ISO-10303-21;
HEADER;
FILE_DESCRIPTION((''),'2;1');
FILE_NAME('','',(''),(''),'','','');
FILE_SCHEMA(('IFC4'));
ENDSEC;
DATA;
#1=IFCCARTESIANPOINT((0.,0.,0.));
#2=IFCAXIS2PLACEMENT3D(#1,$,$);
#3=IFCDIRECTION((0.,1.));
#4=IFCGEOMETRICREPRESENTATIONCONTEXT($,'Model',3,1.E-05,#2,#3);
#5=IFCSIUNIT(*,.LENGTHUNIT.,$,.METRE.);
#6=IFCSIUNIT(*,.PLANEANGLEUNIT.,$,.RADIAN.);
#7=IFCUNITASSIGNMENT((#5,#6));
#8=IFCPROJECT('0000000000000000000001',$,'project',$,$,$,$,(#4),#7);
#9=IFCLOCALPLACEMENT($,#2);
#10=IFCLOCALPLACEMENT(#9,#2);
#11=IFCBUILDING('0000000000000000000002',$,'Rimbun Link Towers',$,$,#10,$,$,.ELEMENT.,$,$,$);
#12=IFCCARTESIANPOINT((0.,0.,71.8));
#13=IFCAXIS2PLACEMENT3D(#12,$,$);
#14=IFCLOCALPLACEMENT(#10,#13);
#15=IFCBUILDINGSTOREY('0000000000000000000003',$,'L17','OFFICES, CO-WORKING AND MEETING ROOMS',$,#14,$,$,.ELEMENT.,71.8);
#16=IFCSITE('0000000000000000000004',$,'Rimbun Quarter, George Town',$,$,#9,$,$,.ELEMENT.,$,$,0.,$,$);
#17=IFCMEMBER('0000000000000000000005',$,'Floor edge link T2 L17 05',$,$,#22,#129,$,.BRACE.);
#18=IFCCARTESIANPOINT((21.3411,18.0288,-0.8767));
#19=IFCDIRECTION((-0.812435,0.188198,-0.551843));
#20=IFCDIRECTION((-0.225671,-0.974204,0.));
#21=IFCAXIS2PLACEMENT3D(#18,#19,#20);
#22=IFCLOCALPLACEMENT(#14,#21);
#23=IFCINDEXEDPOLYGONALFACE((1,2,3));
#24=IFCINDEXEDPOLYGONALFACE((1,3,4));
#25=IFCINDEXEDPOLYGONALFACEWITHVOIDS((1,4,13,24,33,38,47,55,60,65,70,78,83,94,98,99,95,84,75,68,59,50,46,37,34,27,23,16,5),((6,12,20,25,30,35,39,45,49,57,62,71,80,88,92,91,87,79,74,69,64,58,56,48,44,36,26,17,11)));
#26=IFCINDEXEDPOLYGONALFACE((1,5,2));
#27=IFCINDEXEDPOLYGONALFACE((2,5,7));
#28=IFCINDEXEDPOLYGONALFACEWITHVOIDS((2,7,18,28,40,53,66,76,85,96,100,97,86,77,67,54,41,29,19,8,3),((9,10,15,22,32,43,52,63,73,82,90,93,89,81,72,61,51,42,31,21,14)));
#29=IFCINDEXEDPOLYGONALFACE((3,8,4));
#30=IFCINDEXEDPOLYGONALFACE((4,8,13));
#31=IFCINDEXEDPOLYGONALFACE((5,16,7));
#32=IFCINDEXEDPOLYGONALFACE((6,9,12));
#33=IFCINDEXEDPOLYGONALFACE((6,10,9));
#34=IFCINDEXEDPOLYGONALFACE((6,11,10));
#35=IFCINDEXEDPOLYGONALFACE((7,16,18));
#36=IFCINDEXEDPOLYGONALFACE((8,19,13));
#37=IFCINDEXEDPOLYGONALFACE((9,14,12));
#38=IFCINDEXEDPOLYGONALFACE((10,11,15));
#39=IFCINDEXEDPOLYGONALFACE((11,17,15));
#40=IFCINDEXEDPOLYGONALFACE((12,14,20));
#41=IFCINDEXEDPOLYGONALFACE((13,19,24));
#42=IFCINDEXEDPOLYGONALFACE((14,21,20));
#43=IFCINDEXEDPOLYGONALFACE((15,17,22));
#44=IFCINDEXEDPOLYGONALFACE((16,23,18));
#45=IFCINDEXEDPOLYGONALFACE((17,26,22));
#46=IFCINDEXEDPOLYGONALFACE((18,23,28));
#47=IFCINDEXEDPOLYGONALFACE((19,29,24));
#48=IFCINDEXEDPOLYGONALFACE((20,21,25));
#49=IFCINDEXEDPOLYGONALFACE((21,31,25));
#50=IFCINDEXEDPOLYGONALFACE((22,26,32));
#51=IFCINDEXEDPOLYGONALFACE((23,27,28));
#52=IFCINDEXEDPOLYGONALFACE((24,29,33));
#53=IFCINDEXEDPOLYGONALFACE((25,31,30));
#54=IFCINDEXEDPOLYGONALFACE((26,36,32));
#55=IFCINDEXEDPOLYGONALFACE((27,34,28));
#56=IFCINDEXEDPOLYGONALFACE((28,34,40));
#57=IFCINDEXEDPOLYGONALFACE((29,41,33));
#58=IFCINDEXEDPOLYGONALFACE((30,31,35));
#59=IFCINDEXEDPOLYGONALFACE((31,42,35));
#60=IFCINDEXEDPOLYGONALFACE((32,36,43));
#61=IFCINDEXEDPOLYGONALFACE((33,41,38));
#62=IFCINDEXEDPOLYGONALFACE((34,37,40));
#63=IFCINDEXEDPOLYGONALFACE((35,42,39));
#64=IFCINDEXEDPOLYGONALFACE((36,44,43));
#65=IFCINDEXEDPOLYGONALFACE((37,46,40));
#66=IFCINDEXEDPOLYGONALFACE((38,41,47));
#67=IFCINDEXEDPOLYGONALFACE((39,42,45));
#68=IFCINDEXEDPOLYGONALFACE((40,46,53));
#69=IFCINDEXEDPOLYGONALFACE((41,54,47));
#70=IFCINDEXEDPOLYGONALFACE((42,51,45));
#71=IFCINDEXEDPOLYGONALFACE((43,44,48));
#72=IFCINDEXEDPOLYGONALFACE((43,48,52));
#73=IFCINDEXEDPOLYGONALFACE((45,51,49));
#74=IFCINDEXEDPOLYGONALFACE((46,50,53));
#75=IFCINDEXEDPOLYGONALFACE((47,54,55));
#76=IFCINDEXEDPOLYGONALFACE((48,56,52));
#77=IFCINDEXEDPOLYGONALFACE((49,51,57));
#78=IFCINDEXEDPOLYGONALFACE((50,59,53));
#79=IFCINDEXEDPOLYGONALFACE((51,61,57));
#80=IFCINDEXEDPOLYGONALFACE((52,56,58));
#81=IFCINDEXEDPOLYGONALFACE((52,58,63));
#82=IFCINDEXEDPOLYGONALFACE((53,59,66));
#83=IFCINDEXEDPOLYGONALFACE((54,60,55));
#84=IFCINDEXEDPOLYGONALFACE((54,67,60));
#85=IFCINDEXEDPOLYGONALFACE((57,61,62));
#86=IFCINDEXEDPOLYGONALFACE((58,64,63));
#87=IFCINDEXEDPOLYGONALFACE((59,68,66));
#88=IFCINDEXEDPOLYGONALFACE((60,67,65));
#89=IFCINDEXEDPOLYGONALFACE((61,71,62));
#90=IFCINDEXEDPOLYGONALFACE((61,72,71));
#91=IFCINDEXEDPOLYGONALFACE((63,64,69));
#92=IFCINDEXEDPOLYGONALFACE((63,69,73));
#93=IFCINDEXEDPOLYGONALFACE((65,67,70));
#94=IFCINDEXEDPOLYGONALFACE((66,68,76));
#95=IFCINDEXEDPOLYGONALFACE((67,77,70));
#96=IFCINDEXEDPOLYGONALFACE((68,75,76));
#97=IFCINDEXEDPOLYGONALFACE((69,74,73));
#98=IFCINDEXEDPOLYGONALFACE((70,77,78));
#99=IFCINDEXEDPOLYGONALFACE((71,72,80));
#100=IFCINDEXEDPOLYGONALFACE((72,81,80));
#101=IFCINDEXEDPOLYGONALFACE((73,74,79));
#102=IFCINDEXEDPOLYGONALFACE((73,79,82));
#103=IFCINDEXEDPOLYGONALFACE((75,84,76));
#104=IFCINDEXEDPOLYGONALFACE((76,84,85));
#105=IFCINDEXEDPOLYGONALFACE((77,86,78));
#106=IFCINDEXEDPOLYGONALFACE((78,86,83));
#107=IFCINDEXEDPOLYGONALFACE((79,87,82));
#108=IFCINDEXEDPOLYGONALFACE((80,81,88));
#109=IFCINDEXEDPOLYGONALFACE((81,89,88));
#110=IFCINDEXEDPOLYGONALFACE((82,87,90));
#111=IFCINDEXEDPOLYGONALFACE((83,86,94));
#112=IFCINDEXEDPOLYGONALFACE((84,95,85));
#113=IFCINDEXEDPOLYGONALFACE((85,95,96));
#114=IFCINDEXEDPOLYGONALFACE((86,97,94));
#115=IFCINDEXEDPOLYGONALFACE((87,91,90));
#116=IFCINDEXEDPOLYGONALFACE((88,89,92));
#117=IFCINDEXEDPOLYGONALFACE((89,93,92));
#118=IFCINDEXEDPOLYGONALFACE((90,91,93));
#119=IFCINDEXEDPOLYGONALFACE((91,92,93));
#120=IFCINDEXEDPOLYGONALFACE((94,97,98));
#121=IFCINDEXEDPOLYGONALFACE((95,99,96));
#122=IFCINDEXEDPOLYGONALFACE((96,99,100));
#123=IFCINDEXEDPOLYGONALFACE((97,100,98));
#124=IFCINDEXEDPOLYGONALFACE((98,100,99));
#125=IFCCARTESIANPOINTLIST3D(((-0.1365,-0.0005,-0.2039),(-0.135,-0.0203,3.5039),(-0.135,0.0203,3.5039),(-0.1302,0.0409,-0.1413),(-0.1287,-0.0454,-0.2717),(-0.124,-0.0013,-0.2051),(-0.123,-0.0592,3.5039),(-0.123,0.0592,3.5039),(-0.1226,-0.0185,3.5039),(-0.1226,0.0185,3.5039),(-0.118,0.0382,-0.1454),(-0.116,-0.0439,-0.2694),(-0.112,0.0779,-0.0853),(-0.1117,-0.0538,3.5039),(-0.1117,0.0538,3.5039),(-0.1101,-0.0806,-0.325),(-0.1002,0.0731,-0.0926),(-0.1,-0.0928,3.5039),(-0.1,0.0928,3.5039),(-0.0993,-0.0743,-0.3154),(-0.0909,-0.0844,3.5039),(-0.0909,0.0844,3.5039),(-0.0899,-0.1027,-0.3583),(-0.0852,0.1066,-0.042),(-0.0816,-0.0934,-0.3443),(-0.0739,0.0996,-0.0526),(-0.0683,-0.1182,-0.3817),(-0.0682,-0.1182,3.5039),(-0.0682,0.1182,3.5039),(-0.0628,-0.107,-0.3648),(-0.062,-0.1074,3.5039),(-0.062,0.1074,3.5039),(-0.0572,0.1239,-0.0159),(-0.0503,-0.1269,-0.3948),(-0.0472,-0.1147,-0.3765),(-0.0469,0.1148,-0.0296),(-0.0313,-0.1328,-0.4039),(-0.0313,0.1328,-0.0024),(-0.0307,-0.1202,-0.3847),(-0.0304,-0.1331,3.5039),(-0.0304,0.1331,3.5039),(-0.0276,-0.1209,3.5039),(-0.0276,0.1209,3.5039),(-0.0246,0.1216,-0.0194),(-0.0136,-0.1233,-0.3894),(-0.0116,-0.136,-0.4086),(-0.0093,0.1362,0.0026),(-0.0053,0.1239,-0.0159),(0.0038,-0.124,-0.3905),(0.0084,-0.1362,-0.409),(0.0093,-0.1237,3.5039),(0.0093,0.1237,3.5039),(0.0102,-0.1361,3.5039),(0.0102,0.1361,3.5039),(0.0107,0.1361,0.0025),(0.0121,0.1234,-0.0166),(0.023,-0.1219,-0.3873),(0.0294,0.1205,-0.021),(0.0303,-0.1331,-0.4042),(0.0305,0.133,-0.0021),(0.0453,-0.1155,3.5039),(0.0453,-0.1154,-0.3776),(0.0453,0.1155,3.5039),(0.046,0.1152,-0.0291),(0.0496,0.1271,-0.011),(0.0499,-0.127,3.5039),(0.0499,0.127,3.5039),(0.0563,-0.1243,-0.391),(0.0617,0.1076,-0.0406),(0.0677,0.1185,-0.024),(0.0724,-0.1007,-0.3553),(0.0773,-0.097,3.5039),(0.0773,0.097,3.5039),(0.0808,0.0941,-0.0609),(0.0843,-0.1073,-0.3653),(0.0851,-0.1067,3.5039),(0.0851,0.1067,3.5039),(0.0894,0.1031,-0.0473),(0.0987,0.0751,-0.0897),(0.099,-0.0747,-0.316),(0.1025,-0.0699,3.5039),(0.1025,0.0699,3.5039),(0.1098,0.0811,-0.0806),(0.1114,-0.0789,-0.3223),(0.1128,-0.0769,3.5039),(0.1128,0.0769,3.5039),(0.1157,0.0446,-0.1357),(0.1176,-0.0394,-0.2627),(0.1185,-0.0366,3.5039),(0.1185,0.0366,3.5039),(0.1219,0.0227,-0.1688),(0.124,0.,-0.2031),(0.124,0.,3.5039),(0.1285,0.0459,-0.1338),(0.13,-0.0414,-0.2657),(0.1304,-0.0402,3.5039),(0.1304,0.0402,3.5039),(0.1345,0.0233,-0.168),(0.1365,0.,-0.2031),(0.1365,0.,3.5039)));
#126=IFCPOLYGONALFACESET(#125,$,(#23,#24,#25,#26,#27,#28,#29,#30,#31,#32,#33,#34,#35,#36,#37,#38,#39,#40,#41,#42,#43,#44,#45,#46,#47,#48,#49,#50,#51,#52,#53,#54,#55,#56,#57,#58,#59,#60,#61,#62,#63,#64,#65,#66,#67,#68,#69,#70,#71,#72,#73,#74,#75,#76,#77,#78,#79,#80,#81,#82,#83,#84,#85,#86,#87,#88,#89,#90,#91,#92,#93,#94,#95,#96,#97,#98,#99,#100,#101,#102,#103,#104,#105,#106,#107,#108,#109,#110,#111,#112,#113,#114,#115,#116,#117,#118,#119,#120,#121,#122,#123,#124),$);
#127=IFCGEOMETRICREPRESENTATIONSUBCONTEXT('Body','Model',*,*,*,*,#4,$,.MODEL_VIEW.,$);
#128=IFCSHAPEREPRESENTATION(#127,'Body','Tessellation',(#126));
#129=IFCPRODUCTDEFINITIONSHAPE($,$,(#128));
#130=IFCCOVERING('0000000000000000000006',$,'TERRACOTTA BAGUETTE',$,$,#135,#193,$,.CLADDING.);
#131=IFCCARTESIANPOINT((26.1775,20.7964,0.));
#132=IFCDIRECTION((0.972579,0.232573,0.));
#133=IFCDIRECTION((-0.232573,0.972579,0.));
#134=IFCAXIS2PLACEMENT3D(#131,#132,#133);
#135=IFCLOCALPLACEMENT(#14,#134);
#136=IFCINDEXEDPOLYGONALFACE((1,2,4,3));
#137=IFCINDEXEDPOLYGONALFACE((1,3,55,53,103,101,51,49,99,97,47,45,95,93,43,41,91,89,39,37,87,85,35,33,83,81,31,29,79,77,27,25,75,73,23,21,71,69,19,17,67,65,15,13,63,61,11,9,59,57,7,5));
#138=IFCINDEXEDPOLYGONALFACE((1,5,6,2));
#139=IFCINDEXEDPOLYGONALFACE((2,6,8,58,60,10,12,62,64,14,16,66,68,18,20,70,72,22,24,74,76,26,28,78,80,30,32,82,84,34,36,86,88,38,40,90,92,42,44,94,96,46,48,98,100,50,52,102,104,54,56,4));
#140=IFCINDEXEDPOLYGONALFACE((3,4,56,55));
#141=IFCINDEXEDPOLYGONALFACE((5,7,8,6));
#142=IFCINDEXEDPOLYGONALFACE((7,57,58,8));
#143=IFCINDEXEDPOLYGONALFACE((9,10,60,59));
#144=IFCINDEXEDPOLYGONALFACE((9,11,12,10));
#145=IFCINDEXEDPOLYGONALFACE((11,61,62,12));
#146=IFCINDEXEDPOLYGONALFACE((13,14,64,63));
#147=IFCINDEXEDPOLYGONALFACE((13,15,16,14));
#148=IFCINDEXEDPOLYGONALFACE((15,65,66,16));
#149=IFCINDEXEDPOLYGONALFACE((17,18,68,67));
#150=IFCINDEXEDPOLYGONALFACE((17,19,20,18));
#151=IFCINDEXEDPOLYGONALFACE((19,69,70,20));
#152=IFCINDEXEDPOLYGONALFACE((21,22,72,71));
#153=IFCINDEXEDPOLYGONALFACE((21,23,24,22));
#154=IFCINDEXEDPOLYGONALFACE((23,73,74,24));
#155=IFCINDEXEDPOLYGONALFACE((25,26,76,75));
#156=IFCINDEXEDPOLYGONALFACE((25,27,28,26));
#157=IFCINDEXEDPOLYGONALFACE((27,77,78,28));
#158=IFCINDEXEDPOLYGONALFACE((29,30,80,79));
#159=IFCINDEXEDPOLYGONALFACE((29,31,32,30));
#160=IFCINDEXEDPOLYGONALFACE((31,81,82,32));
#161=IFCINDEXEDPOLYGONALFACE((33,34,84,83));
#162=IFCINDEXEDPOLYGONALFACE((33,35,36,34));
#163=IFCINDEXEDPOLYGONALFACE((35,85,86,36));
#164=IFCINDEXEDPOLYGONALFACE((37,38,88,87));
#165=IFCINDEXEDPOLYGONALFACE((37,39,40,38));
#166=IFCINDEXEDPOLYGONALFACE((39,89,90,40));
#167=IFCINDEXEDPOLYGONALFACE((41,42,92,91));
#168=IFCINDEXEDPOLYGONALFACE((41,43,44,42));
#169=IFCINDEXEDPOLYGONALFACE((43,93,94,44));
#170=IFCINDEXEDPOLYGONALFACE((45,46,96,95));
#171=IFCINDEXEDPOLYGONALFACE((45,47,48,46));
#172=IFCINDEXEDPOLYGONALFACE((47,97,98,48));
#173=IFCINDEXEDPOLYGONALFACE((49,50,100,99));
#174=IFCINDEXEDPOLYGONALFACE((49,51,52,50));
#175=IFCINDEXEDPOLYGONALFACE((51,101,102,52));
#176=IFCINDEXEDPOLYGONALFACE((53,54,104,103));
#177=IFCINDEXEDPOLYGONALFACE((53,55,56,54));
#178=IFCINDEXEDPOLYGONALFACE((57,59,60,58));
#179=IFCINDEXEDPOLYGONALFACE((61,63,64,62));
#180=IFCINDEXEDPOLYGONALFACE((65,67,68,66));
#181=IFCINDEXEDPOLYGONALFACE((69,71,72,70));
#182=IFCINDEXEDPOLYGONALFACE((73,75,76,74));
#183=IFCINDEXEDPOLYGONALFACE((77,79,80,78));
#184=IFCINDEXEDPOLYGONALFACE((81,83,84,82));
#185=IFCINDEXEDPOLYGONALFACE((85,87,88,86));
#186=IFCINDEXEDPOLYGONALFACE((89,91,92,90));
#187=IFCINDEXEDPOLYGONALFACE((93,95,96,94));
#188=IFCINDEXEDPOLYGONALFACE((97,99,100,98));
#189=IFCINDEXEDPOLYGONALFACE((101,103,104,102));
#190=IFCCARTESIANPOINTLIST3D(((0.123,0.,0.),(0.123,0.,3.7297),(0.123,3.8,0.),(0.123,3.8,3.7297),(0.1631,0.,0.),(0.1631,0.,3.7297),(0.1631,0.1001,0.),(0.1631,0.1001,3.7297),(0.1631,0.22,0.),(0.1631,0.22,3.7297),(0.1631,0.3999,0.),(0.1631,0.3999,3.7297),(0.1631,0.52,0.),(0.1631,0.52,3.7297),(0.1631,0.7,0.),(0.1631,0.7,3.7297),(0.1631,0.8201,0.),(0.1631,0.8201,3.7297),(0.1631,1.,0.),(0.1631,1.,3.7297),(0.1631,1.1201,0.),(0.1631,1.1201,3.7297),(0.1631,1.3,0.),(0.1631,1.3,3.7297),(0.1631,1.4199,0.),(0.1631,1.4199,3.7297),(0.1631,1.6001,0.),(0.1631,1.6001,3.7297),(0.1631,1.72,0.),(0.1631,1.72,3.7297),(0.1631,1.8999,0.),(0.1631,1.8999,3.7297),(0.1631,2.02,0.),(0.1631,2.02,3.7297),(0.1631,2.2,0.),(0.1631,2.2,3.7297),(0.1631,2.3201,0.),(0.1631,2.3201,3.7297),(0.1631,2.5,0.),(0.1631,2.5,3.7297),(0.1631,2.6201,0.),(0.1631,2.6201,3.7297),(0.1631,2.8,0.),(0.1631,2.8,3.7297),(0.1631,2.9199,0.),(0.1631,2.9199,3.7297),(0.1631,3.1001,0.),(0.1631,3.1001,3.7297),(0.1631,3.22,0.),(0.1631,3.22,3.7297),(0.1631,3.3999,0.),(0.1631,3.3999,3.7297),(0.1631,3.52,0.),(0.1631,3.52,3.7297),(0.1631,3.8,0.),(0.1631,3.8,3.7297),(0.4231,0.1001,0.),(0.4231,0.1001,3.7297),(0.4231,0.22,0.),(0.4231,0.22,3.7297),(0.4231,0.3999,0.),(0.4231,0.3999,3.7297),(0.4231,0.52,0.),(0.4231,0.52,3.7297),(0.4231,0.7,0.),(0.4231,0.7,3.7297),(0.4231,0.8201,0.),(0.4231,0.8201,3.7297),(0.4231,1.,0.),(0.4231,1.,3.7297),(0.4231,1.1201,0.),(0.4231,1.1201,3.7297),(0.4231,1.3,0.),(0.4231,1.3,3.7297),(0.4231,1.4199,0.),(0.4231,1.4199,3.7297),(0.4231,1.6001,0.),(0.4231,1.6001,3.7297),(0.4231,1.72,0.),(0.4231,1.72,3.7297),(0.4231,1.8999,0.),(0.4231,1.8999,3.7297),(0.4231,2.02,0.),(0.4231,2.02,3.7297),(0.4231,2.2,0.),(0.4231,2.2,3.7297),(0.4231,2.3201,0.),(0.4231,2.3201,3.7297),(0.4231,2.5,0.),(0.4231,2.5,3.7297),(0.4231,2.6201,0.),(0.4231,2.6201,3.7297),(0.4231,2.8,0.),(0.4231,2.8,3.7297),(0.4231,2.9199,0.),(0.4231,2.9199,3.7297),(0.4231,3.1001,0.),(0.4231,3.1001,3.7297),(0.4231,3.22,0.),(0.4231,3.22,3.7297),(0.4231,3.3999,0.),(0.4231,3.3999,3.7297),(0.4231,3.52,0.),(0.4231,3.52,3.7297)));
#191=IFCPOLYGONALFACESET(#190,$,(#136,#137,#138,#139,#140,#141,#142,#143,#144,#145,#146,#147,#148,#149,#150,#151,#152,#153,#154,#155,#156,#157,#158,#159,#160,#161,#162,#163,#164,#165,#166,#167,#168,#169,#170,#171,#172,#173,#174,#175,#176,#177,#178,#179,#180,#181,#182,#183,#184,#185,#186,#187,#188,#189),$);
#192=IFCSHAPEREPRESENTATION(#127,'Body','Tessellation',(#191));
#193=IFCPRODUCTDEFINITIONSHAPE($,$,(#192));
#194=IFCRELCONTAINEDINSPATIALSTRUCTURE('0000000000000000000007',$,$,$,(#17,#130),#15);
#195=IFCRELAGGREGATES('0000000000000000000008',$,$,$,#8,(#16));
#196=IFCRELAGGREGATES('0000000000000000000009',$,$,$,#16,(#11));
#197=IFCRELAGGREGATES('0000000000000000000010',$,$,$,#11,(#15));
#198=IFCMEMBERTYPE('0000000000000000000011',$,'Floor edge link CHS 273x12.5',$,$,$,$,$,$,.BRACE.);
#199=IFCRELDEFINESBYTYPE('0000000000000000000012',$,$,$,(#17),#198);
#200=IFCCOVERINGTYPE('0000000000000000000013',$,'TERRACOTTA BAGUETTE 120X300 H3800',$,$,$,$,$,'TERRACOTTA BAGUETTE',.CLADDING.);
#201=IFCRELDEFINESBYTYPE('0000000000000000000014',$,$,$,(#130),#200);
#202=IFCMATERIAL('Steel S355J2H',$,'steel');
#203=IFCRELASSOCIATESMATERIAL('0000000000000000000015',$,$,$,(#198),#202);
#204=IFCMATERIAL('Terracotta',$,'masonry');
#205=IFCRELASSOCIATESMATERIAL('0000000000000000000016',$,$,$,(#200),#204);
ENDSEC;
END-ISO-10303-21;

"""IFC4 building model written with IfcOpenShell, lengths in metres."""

from ifc_helpers import new_model, si_unit, direction, frame, origin, origin_2d, place, context, subcontext, project, spatial, polyline, hollow_circle, outline, extrude, clip, halfspace, material, material_profile, profile_set, type_object, element, save


model = new_model("IFC4")

# Units and contexts
model_context = context("Model", 3, precision=1e-05, world=origin(), true_north=direction((0.0, 1.0)))
body_context = subcontext(model_context, "Body", "Model", "MODEL_VIEW")
ifc_project = project(units=[si_unit("LENGTHUNIT", "METRE"), si_unit("PLANEANGLEUNIT", "RADIAN")], contexts=[model_context])

# Site, building, storey
site_placement = place(None, origin())
site = spatial("IfcSite", under=ifc_project, at=site_placement, Name="Rimbun Quarter, George Town", CompositionType="ELEMENT", RefElevation=0.0)
building_placement = place(site_placement, origin())
building = spatial("IfcBuilding", under=site, at=building_placement, Name="Rimbun Link Towers", CompositionType="ELEMENT")
storey_placement = place(building_placement, frame((0.0, 0.0, 71.8)))
storey = spatial("IfcBuildingStorey", under=building, at=storey_placement, Name="L17", Description="OFFICES, CO-WORKING AND MEETING ROOMS", CompositionType="ELEMENT", Elevation=71.8)

# Member
ifc_material_1 = material(Name="Steel S355J2H", Category="steel")
ifc_material_profile_1 = material_profile(ifc_material_1, hollow_circle(Radius=0.1365, WallThickness=0.0125, at=origin_2d()), Name="CHS 273x12.5")
ifc_profile_set_1 = profile_set([ifc_material_profile_1], Name="Steel S355J2H")
member_type_1 = type_object("IfcMemberType", Name="Floor edge link CHS 273x12.5", PredefinedType="BRACE", material=ifc_profile_set_1)
member_1_placement = place(storey_placement, frame((21.3411, 18.0288, -0.8767), z_axis=(-0.812435, 0.188198, -0.551843), x_axis=(-0.225671, -0.974204, 0.0)))
element("IfcMember", 1, at=member_1_placement, inside=storey, type_object=member_type_1, Name="Floor edge link T2 L17 05", PredefinedType="BRACE", context=body_context, shape_type="Clipping", body=[
    clip(extrude(hollow_circle(Radius=0.1365, WallThickness=0.0125, at=origin_2d()), frame((0.0, 0.0, -0.4307)), (0.0, 0.0, 1.0), 3.9346), halfspace(frame((0.0, 0.0, -0.2031), z_axis=(0.0, 0.833948, -0.551843)), False)),
])

# Covering
ifc_material_2 = material(Name="Terracotta", Category="masonry")
ifc_material_profile_2 = material_profile(ifc_material_2, outline(polyline([(0.123, 0.0), (0.1631, 0.0), (0.1631, 0.1001), (0.4231, 0.1001), (0.4231, 0.22), (0.1631, 0.22), (0.1631, 0.3999), (0.4231, 0.3999), (0.4231, 0.52), (0.1631, 0.52), (0.1631, 0.7), (0.4231, 0.7), (0.4231, 0.8201), (0.1631, 0.8201), (0.1631, 1.0), (0.4231, 1.0), (0.4231, 1.1201), (0.1631, 1.1201), (0.1631, 1.3), (0.4231, 1.3), (0.4231, 1.4199), (0.1631, 1.4199), (0.1631, 1.6001), (0.4231, 1.6001), (0.4231, 1.72), (0.1631, 1.72), (0.1631, 1.8999), (0.4231, 1.8999), (0.4231, 2.02), (0.1631, 2.02), (0.1631, 2.2), (0.4231, 2.2), (0.4231, 2.3201), (0.1631, 2.3201), (0.1631, 2.5), (0.4231, 2.5), (0.4231, 2.6201), (0.1631, 2.6201), (0.1631, 2.8), (0.4231, 2.8), (0.4231, 2.9199), (0.1631, 2.9199), (0.1631, 3.1001), (0.4231, 3.1001), (0.4231, 3.22), (0.1631, 3.22), (0.1631, 3.3999), (0.4231, 3.3999), (0.4231, 3.52), (0.1631, 3.52), (0.1631, 3.8), (0.123, 3.8), (0.123, 0.0)])), Name="BAGUETTE 120X300")
ifc_profile_set_2 = profile_set([ifc_material_profile_2], Name="Terracotta")
covering_type = type_object("IfcCoveringType", Name="TERRACOTTA BAGUETTE 120X300 H3800", ElementType="TERRACOTTA BAGUETTE", PredefinedType="CLADDING", material=ifc_profile_set_2)
covering_1_placement = place(storey_placement, frame((26.1775, 20.7964, 0.0), z_axis=(0.972579, 0.232573, 0.0), x_axis=(-0.232573, 0.972579, 0.0)))
element("IfcCovering", 2, at=covering_1_placement, inside=storey, type_object=covering_type, Name="TERRACOTTA BAGUETTE", PredefinedType="CLADDING", context=body_context, shape_type="SweptSolid", body=[
    extrude(outline(polyline([(0.123, 0.0), (0.1631, 0.0), (0.1631, 0.1001), (0.4231, 0.1001), (0.4231, 0.22), (0.1631, 0.22), (0.1631, 0.3999), (0.4231, 0.3999), (0.4231, 0.52), (0.1631, 0.52), (0.1631, 0.7), (0.4231, 0.7), (0.4231, 0.8201), (0.1631, 0.8201), (0.1631, 1.0), (0.4231, 1.0), (0.4231, 1.1201), (0.1631, 1.1201), (0.1631, 1.3), (0.4231, 1.3), (0.4231, 1.4199), (0.1631, 1.4199), (0.1631, 1.6001), (0.4231, 1.6001), (0.4231, 1.72), (0.1631, 1.72), (0.1631, 1.8999), (0.4231, 1.8999), (0.4231, 2.02), (0.1631, 2.02), (0.1631, 2.2), (0.4231, 2.2), (0.4231, 2.3201), (0.1631, 2.3201), (0.1631, 2.5), (0.4231, 2.5), (0.4231, 2.6201), (0.1631, 2.6201), (0.1631, 2.8), (0.4231, 2.8), (0.4231, 2.9199), (0.1631, 2.9199), (0.1631, 3.1001), (0.4231, 3.1001), (0.4231, 3.22), (0.1631, 3.22), (0.1631, 3.3999), (0.4231, 3.3999), (0.4231, 3.52), (0.1631, 3.52), (0.1631, 3.8), (0.123, 3.8), (0.123, 0.0)])), origin(), (0.0, 0.0, 1.0), 3.7297),
])

save(model, "model.ifc")
